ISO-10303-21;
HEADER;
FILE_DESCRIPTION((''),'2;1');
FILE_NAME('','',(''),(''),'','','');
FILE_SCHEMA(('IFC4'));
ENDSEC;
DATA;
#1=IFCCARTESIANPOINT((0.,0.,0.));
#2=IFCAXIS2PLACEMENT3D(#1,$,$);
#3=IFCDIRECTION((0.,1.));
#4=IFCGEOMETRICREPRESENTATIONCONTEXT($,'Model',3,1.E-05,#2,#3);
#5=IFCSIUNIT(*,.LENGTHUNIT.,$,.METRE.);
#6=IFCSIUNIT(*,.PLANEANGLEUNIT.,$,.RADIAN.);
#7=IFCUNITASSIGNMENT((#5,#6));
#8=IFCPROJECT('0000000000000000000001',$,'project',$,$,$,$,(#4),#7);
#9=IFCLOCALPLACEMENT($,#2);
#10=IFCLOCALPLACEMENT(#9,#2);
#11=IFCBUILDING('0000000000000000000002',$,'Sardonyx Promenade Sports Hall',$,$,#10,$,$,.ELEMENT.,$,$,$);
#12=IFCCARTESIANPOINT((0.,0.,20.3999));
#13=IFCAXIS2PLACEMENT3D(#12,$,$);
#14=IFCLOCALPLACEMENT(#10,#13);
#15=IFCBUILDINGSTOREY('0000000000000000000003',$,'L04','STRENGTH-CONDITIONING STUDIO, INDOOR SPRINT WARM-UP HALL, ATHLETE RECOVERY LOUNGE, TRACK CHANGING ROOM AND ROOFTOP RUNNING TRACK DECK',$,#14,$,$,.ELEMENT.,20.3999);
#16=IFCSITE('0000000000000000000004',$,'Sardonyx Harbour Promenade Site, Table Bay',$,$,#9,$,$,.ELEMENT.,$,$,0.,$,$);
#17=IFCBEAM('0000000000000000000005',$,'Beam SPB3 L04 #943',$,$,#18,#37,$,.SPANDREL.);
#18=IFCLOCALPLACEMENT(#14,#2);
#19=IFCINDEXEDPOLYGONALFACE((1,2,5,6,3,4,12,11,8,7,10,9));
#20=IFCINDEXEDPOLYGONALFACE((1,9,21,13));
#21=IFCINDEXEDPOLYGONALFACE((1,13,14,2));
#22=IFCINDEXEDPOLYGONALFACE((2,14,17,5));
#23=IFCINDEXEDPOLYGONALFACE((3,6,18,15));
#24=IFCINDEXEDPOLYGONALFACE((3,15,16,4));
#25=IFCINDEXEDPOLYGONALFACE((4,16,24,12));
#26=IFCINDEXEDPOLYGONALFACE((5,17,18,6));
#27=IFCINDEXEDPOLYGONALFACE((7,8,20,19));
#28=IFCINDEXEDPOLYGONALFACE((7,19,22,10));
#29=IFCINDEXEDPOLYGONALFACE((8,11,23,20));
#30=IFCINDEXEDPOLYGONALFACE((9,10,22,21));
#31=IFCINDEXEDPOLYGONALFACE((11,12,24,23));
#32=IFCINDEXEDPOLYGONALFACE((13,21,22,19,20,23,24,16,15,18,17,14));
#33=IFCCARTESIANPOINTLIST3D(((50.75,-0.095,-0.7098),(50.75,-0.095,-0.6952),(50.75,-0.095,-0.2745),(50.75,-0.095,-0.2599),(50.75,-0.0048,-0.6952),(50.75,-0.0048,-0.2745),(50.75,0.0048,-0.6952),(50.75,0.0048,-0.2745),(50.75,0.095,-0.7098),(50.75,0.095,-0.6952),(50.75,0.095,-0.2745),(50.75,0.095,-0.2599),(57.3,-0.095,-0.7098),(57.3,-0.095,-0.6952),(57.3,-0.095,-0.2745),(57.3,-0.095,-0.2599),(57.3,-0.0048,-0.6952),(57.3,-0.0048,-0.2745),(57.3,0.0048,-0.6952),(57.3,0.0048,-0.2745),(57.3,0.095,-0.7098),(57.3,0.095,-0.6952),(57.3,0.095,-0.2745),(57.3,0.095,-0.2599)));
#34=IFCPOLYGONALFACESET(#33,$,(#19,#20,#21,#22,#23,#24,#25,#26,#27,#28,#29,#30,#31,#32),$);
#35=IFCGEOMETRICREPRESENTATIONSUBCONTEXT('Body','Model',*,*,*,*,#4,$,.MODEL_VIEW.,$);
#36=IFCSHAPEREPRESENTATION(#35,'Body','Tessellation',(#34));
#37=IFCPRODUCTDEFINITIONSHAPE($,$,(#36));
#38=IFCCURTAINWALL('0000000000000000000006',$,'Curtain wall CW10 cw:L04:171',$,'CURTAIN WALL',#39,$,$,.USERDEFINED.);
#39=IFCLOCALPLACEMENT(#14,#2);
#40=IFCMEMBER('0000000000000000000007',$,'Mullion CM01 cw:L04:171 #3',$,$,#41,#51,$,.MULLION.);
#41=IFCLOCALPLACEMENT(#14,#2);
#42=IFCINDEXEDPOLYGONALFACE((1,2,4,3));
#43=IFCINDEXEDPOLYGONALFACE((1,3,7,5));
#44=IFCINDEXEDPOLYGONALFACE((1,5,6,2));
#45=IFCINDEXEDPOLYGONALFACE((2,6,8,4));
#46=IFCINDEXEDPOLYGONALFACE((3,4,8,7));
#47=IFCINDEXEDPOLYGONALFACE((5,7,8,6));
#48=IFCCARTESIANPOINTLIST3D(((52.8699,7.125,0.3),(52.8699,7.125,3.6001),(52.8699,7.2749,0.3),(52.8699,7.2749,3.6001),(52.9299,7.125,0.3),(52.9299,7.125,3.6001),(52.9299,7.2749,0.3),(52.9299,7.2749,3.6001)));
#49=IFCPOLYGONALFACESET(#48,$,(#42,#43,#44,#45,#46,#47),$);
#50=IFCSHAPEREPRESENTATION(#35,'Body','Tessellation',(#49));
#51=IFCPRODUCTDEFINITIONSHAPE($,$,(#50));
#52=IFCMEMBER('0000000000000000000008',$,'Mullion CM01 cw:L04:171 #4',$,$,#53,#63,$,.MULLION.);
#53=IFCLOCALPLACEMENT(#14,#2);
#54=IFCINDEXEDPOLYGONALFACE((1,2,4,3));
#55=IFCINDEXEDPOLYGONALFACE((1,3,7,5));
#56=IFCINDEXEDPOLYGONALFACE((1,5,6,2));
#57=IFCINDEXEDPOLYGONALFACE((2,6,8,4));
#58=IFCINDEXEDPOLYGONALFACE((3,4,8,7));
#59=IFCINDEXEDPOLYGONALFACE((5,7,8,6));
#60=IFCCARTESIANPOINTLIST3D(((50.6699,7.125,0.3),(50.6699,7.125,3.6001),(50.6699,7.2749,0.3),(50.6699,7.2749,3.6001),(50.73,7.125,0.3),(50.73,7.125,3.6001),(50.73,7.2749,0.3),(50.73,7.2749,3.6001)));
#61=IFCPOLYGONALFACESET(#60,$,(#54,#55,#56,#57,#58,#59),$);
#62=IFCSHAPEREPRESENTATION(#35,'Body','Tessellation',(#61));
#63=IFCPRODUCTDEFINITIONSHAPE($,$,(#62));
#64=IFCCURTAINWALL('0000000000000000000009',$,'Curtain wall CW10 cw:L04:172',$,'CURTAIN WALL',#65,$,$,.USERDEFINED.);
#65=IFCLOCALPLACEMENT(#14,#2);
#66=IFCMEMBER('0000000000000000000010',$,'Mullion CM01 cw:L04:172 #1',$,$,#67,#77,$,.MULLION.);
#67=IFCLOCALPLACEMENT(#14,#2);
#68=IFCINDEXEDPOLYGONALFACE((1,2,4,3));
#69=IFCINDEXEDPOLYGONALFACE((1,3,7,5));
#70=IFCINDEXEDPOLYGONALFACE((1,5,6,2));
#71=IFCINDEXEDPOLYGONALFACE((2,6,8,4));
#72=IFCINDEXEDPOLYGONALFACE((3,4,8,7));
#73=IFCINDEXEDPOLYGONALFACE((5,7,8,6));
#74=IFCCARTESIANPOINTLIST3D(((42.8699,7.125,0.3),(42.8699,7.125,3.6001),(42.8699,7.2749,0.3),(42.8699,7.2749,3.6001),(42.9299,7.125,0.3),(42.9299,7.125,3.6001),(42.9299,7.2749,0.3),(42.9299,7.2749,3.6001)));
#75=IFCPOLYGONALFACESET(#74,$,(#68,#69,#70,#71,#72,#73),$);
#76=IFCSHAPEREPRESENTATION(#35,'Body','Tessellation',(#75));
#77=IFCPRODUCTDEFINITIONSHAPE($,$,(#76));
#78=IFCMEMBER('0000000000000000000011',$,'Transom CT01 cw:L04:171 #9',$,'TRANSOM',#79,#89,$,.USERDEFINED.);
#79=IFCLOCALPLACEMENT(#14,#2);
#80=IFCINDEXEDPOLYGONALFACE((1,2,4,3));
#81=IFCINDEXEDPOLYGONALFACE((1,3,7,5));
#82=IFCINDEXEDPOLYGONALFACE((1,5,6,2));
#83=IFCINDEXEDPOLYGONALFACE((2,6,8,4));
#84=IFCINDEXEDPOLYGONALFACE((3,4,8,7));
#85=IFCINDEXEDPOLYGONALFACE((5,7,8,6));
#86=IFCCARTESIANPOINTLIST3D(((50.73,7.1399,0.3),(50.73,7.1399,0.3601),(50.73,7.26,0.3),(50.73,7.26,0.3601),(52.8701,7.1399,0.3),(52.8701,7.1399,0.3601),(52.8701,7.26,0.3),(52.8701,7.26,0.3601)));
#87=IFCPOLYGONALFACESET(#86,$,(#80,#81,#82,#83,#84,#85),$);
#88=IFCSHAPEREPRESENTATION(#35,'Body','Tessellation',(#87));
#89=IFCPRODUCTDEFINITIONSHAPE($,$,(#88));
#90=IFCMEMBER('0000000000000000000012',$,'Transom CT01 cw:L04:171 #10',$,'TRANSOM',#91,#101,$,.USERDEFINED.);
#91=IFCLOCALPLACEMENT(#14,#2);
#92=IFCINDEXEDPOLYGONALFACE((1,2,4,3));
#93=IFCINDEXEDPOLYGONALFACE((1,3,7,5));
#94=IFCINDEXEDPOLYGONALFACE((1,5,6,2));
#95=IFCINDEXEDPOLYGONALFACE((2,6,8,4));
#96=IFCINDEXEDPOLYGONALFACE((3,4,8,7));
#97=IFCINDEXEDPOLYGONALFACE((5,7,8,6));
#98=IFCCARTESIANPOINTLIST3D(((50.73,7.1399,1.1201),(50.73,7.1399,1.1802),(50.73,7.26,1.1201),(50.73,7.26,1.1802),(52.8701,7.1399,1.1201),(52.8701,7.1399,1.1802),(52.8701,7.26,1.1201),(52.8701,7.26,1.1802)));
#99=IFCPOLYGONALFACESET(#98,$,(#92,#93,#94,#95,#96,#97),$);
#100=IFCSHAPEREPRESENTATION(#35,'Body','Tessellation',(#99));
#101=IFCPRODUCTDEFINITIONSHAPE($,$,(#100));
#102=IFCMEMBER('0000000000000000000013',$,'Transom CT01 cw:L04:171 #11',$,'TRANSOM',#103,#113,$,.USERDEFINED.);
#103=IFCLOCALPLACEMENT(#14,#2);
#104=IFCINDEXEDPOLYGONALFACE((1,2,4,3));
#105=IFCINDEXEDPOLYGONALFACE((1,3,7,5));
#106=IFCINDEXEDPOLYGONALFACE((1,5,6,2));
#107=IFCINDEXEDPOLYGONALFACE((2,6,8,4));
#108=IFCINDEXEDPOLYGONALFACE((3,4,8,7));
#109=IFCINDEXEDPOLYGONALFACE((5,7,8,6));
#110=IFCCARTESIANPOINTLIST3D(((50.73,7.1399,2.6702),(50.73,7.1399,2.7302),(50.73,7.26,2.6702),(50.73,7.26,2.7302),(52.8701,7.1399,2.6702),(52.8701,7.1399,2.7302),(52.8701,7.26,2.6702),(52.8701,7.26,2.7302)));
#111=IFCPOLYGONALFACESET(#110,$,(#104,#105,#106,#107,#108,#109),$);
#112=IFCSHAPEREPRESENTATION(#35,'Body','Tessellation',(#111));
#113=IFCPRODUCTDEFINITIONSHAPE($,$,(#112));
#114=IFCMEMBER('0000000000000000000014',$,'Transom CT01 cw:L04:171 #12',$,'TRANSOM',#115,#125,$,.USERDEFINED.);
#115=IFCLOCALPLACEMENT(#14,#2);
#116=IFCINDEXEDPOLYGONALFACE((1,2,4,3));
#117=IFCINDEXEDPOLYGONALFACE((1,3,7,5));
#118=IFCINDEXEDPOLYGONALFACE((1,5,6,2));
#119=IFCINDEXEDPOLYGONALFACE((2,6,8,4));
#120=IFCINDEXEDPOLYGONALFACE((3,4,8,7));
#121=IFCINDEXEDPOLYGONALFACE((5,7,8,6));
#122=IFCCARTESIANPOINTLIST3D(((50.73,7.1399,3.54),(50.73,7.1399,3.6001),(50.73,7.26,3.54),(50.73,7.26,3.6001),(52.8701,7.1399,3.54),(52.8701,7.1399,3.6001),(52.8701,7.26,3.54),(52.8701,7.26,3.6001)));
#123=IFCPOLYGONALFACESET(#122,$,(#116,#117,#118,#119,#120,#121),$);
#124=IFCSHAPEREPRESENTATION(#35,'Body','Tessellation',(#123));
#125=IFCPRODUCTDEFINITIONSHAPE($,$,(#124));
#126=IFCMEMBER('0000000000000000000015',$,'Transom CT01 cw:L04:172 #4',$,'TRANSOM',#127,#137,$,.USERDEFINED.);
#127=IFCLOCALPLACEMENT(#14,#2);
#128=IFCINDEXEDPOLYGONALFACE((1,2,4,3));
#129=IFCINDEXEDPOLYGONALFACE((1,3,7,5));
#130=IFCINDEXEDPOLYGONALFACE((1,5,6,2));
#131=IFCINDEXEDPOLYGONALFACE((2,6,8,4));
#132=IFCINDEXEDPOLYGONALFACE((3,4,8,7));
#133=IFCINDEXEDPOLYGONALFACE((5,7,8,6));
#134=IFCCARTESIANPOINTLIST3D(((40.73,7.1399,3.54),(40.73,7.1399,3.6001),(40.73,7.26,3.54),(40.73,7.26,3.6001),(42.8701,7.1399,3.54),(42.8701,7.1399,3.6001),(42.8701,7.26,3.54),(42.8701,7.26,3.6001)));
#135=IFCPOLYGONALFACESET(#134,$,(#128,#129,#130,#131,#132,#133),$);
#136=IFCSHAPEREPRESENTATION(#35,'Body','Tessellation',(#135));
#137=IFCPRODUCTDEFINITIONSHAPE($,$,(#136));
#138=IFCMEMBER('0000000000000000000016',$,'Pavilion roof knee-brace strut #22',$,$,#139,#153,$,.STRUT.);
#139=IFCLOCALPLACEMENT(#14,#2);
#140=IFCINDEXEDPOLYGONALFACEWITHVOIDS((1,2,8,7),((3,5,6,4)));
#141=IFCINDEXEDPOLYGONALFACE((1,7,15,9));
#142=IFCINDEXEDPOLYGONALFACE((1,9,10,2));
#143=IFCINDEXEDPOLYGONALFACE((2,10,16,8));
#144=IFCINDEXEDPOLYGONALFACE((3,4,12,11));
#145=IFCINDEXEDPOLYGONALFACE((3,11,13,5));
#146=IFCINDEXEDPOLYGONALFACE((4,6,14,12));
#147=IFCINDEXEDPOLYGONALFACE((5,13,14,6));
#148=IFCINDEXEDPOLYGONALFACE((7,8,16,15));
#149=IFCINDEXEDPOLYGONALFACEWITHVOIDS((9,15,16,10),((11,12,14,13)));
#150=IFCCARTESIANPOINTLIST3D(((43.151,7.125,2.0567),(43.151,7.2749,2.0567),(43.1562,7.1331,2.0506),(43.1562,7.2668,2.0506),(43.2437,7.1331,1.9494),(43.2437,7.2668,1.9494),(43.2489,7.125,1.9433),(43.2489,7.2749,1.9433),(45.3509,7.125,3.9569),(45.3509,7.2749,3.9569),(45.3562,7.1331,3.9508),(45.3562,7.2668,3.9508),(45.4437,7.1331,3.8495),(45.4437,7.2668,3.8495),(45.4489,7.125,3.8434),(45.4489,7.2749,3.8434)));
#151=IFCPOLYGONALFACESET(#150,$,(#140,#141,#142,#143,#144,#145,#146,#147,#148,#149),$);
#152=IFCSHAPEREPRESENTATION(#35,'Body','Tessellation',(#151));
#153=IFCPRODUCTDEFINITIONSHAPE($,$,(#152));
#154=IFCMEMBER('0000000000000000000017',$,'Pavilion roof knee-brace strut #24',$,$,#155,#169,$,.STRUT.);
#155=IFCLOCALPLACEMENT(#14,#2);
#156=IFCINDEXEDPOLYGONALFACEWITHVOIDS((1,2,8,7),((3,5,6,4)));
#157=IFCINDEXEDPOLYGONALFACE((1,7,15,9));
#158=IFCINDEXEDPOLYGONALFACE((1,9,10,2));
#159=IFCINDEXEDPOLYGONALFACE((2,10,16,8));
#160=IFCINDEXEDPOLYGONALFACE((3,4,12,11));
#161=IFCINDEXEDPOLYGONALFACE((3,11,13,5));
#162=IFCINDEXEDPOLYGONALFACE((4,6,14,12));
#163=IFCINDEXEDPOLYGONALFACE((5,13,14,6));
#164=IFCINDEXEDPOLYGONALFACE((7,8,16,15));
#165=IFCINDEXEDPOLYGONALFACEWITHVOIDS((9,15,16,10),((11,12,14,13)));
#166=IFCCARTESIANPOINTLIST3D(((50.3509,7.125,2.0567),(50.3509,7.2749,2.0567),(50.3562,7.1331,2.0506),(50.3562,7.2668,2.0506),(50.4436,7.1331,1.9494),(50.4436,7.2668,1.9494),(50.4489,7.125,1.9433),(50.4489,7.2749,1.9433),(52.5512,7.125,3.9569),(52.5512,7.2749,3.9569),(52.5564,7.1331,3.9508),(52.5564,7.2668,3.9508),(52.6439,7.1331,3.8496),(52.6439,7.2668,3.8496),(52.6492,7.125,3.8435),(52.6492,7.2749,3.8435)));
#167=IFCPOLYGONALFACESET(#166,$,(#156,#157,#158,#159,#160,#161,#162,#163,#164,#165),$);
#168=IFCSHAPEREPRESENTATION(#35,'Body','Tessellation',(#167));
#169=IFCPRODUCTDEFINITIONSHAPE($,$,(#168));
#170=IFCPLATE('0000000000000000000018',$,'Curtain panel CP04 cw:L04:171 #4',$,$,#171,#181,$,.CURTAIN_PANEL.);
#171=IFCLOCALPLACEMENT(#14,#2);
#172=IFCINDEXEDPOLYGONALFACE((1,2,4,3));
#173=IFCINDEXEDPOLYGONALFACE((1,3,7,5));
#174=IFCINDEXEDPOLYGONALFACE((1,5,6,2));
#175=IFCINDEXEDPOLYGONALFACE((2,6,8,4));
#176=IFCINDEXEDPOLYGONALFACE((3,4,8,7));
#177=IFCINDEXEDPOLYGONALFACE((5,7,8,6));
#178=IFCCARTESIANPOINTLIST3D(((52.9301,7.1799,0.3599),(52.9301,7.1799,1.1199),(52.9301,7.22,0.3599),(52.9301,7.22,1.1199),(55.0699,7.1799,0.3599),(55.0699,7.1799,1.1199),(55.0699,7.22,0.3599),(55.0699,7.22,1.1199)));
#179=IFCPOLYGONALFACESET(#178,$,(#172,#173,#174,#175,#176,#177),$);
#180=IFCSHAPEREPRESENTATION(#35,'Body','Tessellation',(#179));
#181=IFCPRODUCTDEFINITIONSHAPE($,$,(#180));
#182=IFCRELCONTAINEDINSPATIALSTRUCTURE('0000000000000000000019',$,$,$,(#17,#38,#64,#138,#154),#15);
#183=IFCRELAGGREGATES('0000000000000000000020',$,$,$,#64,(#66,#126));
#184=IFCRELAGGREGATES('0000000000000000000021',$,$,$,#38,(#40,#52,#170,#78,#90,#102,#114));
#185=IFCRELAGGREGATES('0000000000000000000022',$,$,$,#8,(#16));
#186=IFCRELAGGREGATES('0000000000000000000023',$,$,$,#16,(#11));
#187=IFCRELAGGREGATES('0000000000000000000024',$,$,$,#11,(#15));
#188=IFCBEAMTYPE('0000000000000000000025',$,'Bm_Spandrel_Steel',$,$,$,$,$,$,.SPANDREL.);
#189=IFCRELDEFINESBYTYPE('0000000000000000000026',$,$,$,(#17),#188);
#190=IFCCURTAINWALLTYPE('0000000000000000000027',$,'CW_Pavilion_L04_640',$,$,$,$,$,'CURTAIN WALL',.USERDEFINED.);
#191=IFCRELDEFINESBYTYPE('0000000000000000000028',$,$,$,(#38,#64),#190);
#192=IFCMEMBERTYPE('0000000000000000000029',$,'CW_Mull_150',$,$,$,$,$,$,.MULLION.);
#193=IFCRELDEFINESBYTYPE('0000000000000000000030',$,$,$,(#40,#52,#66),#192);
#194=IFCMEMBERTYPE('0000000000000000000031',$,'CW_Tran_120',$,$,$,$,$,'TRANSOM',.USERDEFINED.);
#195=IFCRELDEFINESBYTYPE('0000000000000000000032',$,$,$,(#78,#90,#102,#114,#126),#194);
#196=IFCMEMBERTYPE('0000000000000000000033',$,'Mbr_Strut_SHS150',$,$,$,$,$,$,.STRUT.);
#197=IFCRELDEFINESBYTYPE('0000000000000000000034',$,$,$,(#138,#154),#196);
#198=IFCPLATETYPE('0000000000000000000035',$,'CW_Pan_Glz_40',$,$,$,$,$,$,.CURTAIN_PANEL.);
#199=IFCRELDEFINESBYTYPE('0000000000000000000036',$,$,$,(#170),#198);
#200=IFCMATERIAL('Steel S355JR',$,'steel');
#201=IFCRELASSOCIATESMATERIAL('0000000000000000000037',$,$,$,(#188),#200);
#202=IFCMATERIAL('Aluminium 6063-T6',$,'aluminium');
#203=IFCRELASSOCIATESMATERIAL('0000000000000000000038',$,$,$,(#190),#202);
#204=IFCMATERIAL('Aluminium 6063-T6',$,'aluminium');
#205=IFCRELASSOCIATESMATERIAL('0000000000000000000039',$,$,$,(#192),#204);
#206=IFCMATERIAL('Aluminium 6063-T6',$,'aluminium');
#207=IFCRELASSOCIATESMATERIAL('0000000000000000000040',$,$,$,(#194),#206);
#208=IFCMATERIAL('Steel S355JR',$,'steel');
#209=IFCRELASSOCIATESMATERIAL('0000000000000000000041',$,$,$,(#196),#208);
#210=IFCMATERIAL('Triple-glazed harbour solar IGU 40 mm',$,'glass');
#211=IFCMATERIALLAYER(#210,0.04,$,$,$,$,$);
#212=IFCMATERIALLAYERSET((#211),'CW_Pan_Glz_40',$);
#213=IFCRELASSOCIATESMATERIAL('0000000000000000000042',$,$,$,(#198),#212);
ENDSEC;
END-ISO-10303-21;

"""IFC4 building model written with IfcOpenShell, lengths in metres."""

from ifc_helpers import new_model, si_unit, direction, frame, origin, origin_2d, place, context, subcontext, project, spatial, rectangle, hollow_rectangle, i_section, extrude, material, layer, layer_set, material_profile, profile_set, type_object, element, aggregate, save


model = new_model("IFC4")

# Units and contexts
model_context = context("Model", 3, precision=1e-05, world=origin(), true_north=direction((0.0, 1.0)))
body_context = subcontext(model_context, "Body", "Model", "MODEL_VIEW")
ifc_project = project(units=[si_unit("LENGTHUNIT", "METRE"), si_unit("PLANEANGLEUNIT", "RADIAN")], contexts=[model_context])

# Site, building, storey
site_placement = place(None, origin())
site = spatial("IfcSite", under=ifc_project, at=site_placement, Name="Sardonyx Harbour Promenade Site, Table Bay", CompositionType="ELEMENT", RefElevation=0.0)
building_placement = place(site_placement, origin())
building = spatial("IfcBuilding", under=site, at=building_placement, Name="Sardonyx Promenade Sports Hall", CompositionType="ELEMENT")
storey_placement = place(building_placement, frame((0.0, 0.0, 20.3999)))
storey = spatial("IfcBuildingStorey", under=building, at=storey_placement, Name="L04", Description="STRENGTH-CONDITIONING STUDIO, INDOOR SPRINT WARM-UP HALL, ATHLETE RECOVERY LOUNGE, TRACK CHANGING ROOM AND ROOFTOP RUNNING TRACK DECK", CompositionType="ELEMENT", Elevation=20.3999)

# Beam
ifc_material_1 = material(Name="Steel S355JR", Category="steel")
ifc_material_profile_1 = material_profile(ifc_material_1, i_section(OverallWidth=0.1899, OverallDepth=0.45, WebThickness=0.0095, FlangeThickness=0.0146, at=origin_2d()))
ifc_profile_set_1 = profile_set([ifc_material_profile_1], Name="Steel S355JR")
beam_type_1 = type_object("IfcBeamType", Name="Bm_Spandrel_Steel", PredefinedType="SPANDREL", material=ifc_profile_set_1)
beam_1_placement = place(storey_placement, frame((50.75, 0.0, -0.4849), z_axis=(1.0, 0.0, 0.0), x_axis=(0.0, 1.0, 0.0)))
element("IfcBeam", 1, at=beam_1_placement, inside=storey, type_object=beam_type_1, Name="Beam SPB3 L04 #943", PredefinedType="SPANDREL", context=body_context, shape_type="SweptSolid", body=[
    extrude(i_section(OverallWidth=0.1899, OverallDepth=0.45, WebThickness=0.0095, FlangeThickness=0.0146, at=origin_2d()), origin(), (0.0, 0.0, 1.0), 6.55),
])

# Curtain wall, members
ifc_material_2 = material(Name="Aluminium 6063-T6", Category="aluminium")
curtain_wall_type = type_object("IfcCurtainWallType", Name="CW_Pavilion_L04_640", ElementType="CURTAIN WALL", PredefinedType="USERDEFINED", material=ifc_material_2)
curtain_wall_1_placement = place(storey_placement, origin())
curtain_wall_1 = element("IfcCurtainWall", 2, at=curtain_wall_1_placement, inside=storey, type_object=curtain_wall_type, Name="Curtain wall CW10 cw:L04:171", ObjectType="CURTAIN WALL", PredefinedType="USERDEFINED")
ifc_material_3 = material(Name="Aluminium 6063-T6", Category="aluminium")
ifc_material_profile_2 = material_profile(ifc_material_3, rectangle(XDim=0.0601, YDim=0.1499, at=origin_2d()))
ifc_profile_set_2 = profile_set([ifc_material_profile_2], Name="Aluminium 6063-T6")
member_type_1 = type_object("IfcMemberType", Name="CW_Mull_150", PredefinedType="MULLION", material=ifc_profile_set_2)
member_1_placement = place(storey_placement, frame((52.8999, 7.2, 0.3), z_axis=(0.0, 0.0, 1.0), x_axis=(-1.0, 0.0, 0.0)))
member_1 = element("IfcMember", 3, at=member_1_placement, type_object=member_type_1, Name="Mullion CM01 cw:L04:171 #3", PredefinedType="MULLION", context=body_context, shape_type="SweptSolid", body=[
    extrude(rectangle(XDim=0.0601, YDim=0.1499, at=origin_2d()), origin(), (0.0, 0.0, 1.0), 3.3),
])
member_2_placement = place(storey_placement, frame((50.7, 7.2, 0.3), z_axis=(0.0, 0.0, 1.0), x_axis=(-1.0, 0.0, 0.0)))
member_2 = element("IfcMember", 4, at=member_2_placement, type_object=member_type_1, Name="Mullion CM01 cw:L04:171 #4", PredefinedType="MULLION", context=body_context, shape_type="SweptSolid", body=[
    extrude(rectangle(XDim=0.0601, YDim=0.1499, at=origin_2d()), origin(), (0.0, 0.0, 1.0), 3.3),
])

# Curtain wall, member
curtain_wall_2_placement = place(storey_placement, origin())
curtain_wall_2 = element("IfcCurtainWall", 5, at=curtain_wall_2_placement, inside=storey, type_object=curtain_wall_type, Name="Curtain wall CW10 cw:L04:172", ObjectType="CURTAIN WALL", PredefinedType="USERDEFINED")
member_3_placement = place(storey_placement, frame((42.8999, 7.2, 0.3), z_axis=(0.0, 0.0, 1.0), x_axis=(-1.0, 0.0, 0.0)))
member_3 = element("IfcMember", 6, at=member_3_placement, type_object=member_type_1, Name="Mullion CM01 cw:L04:172 #1", PredefinedType="MULLION", context=body_context, shape_type="SweptSolid", body=[
    extrude(rectangle(XDim=0.0601, YDim=0.1499, at=origin_2d()), origin(), (0.0, 0.0, 1.0), 3.3),
])

# Members
ifc_material_4 = material(Name="Aluminium 6063-T6", Category="aluminium")
ifc_material_profile_3 = material_profile(ifc_material_4, rectangle(XDim=0.0601, YDim=0.1201, at=origin_2d()))
ifc_profile_set_3 = profile_set([ifc_material_profile_3], Name="Aluminium 6063-T6")
member_type_2 = type_object("IfcMemberType", Name="CW_Tran_120", ElementType="TRANSOM", PredefinedType="USERDEFINED", material=ifc_profile_set_3)
member_4_placement = place(storey_placement, frame((52.8701, 7.2, 0.3301), z_axis=(-1.0, 0.0, 0.0), x_axis=(0.0, 0.0, 1.0)))
member_4 = element("IfcMember", 7, at=member_4_placement, type_object=member_type_2, Name="Transom CT01 cw:L04:171 #9", ObjectType="TRANSOM", PredefinedType="USERDEFINED", context=body_context, shape_type="SweptSolid", body=[
    extrude(rectangle(XDim=0.0601, YDim=0.1201, at=origin_2d()), origin(), (0.0, 0.0, 1.0), 2.1401),
])
member_5_placement = place(storey_placement, frame((52.8701, 7.2, 1.1501), z_axis=(-1.0, 0.0, 0.0), x_axis=(0.0, 0.0, 1.0)))
member_5 = element("IfcMember", 8, at=member_5_placement, type_object=member_type_2, Name="Transom CT01 cw:L04:171 #10", ObjectType="TRANSOM", PredefinedType="USERDEFINED", context=body_context, shape_type="SweptSolid", body=[
    extrude(rectangle(XDim=0.0601, YDim=0.1201, at=origin_2d()), origin(), (0.0, 0.0, 1.0), 2.1401),
])
member_6_placement = place(storey_placement, frame((52.8701, 7.2, 2.7002), z_axis=(-1.0, 0.0, 0.0), x_axis=(0.0, 0.0, 1.0)))
member_6 = element("IfcMember", 9, at=member_6_placement, type_object=member_type_2, Name="Transom CT01 cw:L04:171 #11", ObjectType="TRANSOM", PredefinedType="USERDEFINED", context=body_context, shape_type="SweptSolid", body=[
    extrude(rectangle(XDim=0.0601, YDim=0.1201, at=origin_2d()), origin(), (0.0, 0.0, 1.0), 2.1401),
])
member_7_placement = place(storey_placement, frame((52.8701, 7.2, 3.5701), z_axis=(-1.0, 0.0, 0.0), x_axis=(0.0, 0.0, 1.0)))
member_7 = element("IfcMember", 10, at=member_7_placement, type_object=member_type_2, Name="Transom CT01 cw:L04:171 #12", ObjectType="TRANSOM", PredefinedType="USERDEFINED", context=body_context, shape_type="SweptSolid", body=[
    extrude(rectangle(XDim=0.0601, YDim=0.1201, at=origin_2d()), origin(), (0.0, 0.0, 1.0), 2.1401),
])
member_8_placement = place(storey_placement, frame((42.8701, 7.2, 3.5701), z_axis=(-1.0, 0.0, 0.0), x_axis=(0.0, 0.0, 1.0)))
member_8 = element("IfcMember", 11, at=member_8_placement, type_object=member_type_2, Name="Transom CT01 cw:L04:172 #4", ObjectType="TRANSOM", PredefinedType="USERDEFINED", context=body_context, shape_type="SweptSolid", body=[
    extrude(rectangle(XDim=0.0601, YDim=0.1201, at=origin_2d()), origin(), (0.0, 0.0, 1.0), 2.1401),
])
aggregate(curtain_wall_2, [member_3, member_8])

# Members
ifc_material_5 = material(Name="Steel S355JR", Category="steel")
ifc_material_profile_4 = material_profile(ifc_material_5, hollow_rectangle(XDim=0.1499, YDim=0.1499, WallThickness=0.0081, at=origin_2d()))
ifc_profile_set_4 = profile_set([ifc_material_profile_4], Name="Steel S355JR")
member_type_3 = type_object("IfcMemberType", Name="Mbr_Strut_SHS150", PredefinedType="STRUT", material=ifc_profile_set_4)
member_9_placement = place(storey_placement, frame((43.2, 7.2, 2.0), z_axis=(0.756791, 0.0, 0.653657), x_axis=(0.0, 1.0, 0.0)))
element("IfcMember", 12, at=member_9_placement, inside=storey, type_object=member_type_3, Name="Pavilion roof knee-brace strut #22", PredefinedType="STRUT", context=body_context, shape_type="SweptSolid", body=[
    extrude(hollow_rectangle(XDim=0.1499, YDim=0.1499, WallThickness=0.0081, at=origin_2d()), origin(), (0.0, 0.0, 1.0), 2.907),
])
member_10_placement = place(storey_placement, frame((50.3999, 7.2, 2.0), z_axis=(0.756827, 0.0, 0.653615), x_axis=(0.0, 1.0, 0.0)))
element("IfcMember", 13, at=member_10_placement, inside=storey, type_object=member_type_3, Name="Pavilion roof knee-brace strut #24", PredefinedType="STRUT", context=body_context, shape_type="SweptSolid", body=[
    extrude(hollow_rectangle(XDim=0.1499, YDim=0.1499, WallThickness=0.0081, at=origin_2d()), origin(), (0.0, 0.0, 1.0), 2.9072),
])

# Plate
ifc_material_6 = material(Name="Triple-glazed harbour solar IGU 40 mm", Category="glass")
ifc_layer_1 = layer(ifc_material_6, 0.04)
ifc_layer_set_1 = layer_set([ifc_layer_1], Name="CW_Pan_Glz_40")
plate_type_1 = type_object("IfcPlateType", Name="CW_Pan_Glz_40", PredefinedType="CURTAIN_PANEL", material=ifc_layer_set_1)
plate_1_placement = place(storey_placement, frame((54.0, 7.2, 0.3599), z_axis=(0.0, 0.0, 1.0), x_axis=(-1.0, 0.0, 0.0)))
plate_1 = element("IfcPlate", 14, at=plate_1_placement, type_object=plate_type_1, Name="Curtain panel CP04 cw:L04:171 #4", PredefinedType="CURTAIN_PANEL", context=body_context, shape_type="SweptSolid", body=[
    extrude(rectangle(XDim=2.1399, YDim=0.04, at=origin_2d()), origin(), (0.0, 0.0, 1.0), 0.76),
])
aggregate(curtain_wall_1, [member_1, member_2, plate_1, member_4, member_5, member_6, member_7])

save(model, "model.ifc")
